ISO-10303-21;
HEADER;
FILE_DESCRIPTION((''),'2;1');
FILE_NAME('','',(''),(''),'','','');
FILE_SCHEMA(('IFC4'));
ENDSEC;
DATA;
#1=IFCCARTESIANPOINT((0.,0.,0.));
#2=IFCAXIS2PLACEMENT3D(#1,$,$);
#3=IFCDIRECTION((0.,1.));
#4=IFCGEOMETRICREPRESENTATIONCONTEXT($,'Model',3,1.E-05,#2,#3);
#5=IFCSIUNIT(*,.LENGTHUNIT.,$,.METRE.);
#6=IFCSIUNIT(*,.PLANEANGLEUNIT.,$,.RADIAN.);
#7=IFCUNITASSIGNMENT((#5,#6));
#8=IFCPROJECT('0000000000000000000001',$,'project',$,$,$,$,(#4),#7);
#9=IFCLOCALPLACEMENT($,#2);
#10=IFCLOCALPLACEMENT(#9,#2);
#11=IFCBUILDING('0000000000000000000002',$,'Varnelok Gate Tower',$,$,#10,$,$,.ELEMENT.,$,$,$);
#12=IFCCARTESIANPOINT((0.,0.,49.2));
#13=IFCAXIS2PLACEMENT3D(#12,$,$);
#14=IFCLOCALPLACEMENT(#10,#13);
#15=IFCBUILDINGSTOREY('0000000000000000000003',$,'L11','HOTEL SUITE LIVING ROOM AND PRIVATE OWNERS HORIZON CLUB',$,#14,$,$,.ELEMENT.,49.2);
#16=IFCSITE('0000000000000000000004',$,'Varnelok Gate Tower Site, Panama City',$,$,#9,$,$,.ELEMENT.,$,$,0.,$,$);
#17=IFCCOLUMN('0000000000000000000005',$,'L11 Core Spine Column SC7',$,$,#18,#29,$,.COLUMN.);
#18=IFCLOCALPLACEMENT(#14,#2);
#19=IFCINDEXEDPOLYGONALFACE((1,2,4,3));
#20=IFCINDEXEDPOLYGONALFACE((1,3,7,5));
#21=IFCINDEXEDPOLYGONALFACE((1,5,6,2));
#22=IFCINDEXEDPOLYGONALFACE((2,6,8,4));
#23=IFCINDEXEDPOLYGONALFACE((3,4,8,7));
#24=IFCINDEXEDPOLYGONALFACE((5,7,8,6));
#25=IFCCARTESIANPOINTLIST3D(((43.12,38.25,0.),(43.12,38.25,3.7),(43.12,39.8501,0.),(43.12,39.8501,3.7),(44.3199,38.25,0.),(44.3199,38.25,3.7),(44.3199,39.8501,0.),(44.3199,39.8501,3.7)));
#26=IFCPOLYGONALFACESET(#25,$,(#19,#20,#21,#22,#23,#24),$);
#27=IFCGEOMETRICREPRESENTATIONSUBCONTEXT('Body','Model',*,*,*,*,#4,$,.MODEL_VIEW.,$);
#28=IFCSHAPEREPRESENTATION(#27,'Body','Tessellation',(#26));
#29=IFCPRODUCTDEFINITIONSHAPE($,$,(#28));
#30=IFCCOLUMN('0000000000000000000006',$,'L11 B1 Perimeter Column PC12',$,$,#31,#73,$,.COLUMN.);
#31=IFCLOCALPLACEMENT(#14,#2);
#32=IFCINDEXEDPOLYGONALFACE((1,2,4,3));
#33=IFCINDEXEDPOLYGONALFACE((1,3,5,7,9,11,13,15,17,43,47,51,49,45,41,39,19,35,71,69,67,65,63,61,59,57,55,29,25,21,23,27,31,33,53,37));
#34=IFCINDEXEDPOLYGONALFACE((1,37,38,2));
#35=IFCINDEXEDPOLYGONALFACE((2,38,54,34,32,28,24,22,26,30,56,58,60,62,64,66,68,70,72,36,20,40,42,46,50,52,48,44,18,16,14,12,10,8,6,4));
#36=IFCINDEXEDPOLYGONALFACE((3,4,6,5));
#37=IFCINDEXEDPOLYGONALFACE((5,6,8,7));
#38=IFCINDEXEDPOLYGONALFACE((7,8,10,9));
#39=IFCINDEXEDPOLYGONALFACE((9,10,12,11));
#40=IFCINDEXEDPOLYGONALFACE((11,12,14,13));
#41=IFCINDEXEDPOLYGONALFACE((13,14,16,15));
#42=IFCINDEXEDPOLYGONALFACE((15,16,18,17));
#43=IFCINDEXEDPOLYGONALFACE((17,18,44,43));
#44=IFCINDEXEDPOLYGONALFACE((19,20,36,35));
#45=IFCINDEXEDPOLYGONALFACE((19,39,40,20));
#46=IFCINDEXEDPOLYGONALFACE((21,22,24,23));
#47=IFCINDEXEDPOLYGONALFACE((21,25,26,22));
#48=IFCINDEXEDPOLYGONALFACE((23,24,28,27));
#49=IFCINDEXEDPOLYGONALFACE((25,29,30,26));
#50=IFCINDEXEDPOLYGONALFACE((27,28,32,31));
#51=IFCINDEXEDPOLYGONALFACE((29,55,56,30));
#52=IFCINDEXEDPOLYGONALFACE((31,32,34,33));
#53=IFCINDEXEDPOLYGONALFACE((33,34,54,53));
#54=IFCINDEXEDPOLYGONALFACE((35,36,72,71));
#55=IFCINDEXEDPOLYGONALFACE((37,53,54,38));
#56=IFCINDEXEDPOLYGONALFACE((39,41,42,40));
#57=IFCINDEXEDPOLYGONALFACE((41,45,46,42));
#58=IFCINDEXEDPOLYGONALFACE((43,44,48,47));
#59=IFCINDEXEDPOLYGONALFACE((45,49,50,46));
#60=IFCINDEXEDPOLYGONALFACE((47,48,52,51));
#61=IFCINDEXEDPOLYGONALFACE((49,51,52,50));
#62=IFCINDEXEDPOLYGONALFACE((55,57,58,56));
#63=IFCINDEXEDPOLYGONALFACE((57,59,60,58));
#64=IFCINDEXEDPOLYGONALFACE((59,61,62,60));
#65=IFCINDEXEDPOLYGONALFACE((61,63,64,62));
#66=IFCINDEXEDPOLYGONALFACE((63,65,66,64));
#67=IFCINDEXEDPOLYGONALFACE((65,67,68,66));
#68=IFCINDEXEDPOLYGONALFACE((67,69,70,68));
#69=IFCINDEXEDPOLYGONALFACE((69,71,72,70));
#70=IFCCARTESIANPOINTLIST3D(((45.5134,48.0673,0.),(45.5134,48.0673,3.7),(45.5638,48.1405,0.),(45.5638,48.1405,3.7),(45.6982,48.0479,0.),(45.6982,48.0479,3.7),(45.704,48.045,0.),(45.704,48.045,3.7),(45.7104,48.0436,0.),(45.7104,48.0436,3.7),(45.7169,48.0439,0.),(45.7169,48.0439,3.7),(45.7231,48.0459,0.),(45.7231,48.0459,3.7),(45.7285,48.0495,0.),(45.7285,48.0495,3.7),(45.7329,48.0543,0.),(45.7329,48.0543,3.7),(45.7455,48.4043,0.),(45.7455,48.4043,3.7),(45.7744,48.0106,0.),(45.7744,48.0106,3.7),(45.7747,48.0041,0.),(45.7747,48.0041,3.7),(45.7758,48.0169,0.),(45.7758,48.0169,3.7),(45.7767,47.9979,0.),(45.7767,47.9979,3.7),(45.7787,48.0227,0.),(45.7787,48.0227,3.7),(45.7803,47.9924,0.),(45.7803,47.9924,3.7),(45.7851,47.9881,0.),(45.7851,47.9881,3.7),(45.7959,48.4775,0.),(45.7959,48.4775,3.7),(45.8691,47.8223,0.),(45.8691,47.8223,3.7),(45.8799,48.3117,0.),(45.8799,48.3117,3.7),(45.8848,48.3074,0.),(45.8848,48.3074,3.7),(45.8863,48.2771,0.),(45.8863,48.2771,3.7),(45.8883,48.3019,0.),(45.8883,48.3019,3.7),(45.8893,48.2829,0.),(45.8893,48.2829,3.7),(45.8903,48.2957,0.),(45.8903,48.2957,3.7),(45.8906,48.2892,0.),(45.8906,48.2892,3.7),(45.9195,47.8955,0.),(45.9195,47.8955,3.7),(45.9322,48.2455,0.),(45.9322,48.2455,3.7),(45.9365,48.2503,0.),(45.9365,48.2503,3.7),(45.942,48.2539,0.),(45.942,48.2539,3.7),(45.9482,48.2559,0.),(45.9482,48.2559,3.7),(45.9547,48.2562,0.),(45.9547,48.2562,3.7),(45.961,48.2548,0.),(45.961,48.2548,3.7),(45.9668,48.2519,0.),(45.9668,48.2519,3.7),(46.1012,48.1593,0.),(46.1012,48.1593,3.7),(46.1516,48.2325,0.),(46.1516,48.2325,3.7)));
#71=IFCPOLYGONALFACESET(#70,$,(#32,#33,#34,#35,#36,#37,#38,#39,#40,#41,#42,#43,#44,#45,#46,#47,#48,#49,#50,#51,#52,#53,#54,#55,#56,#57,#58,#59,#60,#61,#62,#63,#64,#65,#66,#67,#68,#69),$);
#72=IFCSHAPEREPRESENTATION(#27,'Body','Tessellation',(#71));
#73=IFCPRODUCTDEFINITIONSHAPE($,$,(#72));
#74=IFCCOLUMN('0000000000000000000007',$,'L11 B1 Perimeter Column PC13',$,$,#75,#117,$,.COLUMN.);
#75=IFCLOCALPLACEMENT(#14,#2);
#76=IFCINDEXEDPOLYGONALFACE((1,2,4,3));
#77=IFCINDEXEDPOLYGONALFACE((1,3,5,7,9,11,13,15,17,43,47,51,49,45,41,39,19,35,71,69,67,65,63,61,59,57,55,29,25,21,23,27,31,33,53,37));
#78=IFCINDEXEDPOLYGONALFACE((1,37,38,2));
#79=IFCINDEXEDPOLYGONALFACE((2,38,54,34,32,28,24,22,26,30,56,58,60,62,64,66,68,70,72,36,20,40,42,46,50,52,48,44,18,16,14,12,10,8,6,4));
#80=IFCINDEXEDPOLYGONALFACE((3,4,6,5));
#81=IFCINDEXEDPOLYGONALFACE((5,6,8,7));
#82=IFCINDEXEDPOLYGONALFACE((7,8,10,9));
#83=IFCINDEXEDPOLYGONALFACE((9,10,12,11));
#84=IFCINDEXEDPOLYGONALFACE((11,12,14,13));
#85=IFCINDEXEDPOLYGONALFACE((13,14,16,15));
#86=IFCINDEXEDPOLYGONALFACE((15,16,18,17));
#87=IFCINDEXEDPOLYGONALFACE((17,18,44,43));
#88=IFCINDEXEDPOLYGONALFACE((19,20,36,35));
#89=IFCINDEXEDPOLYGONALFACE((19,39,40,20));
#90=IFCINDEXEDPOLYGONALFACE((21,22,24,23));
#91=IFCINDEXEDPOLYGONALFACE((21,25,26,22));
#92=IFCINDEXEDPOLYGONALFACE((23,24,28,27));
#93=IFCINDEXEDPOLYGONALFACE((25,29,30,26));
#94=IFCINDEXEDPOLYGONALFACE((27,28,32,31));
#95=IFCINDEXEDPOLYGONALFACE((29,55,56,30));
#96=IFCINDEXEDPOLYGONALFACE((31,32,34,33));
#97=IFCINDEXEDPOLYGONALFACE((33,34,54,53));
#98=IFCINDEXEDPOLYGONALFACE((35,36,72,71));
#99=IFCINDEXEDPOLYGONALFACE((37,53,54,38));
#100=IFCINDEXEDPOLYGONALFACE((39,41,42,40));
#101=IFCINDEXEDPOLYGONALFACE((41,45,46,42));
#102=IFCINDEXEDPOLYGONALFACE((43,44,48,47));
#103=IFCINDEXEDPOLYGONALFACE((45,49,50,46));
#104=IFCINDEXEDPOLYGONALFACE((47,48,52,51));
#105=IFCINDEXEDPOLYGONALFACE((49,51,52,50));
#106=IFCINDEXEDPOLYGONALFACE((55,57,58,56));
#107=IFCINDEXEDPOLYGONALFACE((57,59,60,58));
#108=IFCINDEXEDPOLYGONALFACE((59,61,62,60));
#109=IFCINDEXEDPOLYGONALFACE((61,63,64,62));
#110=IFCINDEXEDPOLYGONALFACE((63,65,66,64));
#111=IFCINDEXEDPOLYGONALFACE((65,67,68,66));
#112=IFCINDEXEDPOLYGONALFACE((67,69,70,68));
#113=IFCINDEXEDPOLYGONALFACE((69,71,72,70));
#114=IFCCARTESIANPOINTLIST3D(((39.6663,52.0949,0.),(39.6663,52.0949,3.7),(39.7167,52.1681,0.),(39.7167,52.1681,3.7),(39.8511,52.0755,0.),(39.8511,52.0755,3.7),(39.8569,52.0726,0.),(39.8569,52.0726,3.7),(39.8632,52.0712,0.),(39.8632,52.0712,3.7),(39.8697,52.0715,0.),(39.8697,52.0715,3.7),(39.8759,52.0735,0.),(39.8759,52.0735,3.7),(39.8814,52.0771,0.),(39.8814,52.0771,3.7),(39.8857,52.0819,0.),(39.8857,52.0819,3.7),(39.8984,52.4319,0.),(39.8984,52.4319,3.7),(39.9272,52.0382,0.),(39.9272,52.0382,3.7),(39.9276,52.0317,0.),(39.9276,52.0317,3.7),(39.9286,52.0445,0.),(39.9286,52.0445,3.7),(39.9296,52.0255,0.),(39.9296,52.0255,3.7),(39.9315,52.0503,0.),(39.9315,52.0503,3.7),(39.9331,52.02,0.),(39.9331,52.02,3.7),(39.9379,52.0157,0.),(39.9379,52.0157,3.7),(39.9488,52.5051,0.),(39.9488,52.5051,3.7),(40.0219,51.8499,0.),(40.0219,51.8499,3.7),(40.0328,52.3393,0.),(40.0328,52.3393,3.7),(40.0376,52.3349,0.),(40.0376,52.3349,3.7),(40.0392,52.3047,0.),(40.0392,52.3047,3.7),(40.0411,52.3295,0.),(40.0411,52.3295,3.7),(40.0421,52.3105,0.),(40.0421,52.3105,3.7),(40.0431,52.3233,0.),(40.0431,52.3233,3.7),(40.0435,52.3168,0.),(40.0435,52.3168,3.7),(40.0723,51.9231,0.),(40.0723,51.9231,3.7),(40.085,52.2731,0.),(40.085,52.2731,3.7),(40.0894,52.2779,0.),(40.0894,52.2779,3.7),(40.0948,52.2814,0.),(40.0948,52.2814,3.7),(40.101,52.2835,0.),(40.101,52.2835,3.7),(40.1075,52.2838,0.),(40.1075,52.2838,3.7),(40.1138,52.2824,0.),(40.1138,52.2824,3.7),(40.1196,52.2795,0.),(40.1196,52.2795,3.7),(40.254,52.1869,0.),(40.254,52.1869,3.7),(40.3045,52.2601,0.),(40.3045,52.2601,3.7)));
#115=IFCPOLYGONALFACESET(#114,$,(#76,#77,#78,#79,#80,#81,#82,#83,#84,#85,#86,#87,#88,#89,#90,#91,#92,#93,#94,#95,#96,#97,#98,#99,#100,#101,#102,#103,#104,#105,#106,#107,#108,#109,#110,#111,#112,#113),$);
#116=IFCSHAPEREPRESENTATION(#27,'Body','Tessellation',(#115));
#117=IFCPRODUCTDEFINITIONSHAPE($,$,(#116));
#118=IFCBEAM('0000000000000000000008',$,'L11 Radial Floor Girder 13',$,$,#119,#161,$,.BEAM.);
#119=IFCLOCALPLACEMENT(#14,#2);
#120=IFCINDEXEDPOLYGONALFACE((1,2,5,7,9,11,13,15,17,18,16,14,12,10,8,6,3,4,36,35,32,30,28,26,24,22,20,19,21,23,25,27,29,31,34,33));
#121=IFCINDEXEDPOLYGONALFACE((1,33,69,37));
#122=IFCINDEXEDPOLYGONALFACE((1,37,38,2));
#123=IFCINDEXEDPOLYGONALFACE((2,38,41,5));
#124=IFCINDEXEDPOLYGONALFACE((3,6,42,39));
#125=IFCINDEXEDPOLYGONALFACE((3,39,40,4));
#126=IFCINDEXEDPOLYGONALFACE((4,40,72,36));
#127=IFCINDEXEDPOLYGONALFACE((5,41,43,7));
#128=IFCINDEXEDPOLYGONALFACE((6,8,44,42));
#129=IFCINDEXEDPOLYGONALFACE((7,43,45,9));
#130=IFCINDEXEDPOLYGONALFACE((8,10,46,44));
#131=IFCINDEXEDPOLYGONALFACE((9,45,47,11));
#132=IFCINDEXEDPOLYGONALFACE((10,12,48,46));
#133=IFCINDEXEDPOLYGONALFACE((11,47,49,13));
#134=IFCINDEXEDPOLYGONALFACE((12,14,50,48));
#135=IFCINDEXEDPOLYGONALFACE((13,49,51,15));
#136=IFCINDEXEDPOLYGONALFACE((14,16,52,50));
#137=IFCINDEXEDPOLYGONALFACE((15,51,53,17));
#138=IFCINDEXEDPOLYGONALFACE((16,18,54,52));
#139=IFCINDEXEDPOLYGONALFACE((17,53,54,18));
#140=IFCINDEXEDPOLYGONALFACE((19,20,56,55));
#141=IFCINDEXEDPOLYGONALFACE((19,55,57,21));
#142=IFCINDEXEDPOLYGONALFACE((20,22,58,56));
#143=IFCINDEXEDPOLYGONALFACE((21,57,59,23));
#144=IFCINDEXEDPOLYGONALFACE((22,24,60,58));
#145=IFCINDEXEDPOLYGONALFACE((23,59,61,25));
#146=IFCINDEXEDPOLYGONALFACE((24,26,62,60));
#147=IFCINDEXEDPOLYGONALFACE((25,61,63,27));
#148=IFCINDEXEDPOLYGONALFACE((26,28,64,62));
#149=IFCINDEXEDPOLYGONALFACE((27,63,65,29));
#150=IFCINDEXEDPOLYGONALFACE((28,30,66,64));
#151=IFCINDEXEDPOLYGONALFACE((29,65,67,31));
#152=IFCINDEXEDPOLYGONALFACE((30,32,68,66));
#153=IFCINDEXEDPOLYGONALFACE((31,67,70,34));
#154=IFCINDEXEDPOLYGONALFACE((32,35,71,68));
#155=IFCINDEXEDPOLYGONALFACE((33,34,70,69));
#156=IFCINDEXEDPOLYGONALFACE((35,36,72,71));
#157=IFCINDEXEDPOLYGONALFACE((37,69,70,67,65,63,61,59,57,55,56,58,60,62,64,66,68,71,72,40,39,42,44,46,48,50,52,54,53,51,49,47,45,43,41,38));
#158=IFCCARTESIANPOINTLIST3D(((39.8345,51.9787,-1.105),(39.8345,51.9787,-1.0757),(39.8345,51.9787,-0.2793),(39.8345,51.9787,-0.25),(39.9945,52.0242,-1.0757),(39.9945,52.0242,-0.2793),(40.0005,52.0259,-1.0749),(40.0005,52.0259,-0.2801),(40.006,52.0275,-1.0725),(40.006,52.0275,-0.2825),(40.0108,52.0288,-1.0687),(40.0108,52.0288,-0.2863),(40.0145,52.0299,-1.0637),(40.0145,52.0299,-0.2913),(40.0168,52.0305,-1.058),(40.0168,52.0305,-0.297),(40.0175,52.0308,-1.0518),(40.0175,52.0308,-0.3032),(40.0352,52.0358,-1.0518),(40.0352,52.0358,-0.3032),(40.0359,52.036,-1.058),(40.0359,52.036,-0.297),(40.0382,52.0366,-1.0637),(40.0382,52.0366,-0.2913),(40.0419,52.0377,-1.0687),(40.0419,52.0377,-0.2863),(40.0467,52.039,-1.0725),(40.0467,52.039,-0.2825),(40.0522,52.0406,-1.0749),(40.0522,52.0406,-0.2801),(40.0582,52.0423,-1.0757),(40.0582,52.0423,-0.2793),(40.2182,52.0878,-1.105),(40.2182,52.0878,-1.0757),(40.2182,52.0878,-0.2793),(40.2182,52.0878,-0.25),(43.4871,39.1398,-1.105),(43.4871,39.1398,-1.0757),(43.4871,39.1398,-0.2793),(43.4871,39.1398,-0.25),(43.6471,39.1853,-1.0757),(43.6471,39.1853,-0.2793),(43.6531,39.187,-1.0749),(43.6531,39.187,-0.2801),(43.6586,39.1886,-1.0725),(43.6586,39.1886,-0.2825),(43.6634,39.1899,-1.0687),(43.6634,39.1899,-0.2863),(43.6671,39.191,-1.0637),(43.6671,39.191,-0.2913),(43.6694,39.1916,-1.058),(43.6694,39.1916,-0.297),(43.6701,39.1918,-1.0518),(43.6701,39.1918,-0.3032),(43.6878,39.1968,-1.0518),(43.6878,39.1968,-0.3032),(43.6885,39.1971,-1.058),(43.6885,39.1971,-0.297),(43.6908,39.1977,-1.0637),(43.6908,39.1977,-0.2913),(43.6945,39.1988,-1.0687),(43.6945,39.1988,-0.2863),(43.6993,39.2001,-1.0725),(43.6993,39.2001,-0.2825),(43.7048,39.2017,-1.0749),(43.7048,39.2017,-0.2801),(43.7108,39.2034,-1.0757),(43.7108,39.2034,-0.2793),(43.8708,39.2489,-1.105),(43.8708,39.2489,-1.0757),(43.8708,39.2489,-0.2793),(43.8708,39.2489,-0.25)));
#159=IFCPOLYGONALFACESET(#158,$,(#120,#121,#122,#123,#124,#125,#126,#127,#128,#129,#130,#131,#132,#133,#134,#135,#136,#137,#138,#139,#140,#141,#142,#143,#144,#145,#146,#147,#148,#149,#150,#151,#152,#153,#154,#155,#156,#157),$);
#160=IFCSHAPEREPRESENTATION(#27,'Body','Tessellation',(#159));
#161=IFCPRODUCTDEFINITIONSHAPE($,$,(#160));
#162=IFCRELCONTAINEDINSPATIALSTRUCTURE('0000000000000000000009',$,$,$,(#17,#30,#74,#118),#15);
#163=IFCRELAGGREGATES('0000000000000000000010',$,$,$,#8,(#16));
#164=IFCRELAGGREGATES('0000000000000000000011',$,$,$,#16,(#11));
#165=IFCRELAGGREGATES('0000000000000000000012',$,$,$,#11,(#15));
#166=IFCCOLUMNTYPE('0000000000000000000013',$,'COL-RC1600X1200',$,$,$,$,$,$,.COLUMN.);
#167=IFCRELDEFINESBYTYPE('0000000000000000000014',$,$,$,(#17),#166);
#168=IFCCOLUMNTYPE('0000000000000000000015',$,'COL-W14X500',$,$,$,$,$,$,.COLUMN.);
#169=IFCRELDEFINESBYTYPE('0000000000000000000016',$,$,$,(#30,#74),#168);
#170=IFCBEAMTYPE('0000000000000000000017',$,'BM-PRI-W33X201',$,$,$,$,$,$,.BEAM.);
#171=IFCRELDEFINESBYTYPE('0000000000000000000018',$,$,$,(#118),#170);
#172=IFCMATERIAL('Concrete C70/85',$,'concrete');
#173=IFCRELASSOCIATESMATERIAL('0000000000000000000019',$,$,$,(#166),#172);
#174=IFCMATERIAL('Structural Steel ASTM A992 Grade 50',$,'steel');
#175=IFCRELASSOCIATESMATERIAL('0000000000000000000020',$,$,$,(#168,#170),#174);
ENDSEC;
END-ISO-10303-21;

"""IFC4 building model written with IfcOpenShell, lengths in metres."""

from ifc_helpers import new_model, si_unit, direction, frame, origin, origin_2d, place, context, subcontext, project, spatial, rectangle, i_section, extrude, material, material_profile, profile_set, type_object, element, save


model = new_model("IFC4")

# Units and contexts
model_context = context("Model", 3, precision=1e-05, world=origin(), true_north=direction((0.0, 1.0)))
body_context = subcontext(model_context, "Body", "Model", "MODEL_VIEW")
ifc_project = project(units=[si_unit("LENGTHUNIT", "METRE"), si_unit("PLANEANGLEUNIT", "RADIAN")], contexts=[model_context])

# Site, building, storey
site_placement = place(None, origin())
site = spatial("IfcSite", under=ifc_project, at=site_placement, Name="Varnelok Gate Tower Site, Panama City", CompositionType="ELEMENT", RefElevation=0.0)
building_placement = place(site_placement, origin())
building = spatial("IfcBuilding", under=site, at=building_placement, Name="Varnelok Gate Tower", CompositionType="ELEMENT")
storey_placement = place(building_placement, frame((0.0, 0.0, 49.2)))
storey = spatial("IfcBuildingStorey", under=building, at=storey_placement, Name="L11", Description="HOTEL SUITE LIVING ROOM AND PRIVATE OWNERS HORIZON CLUB", CompositionType="ELEMENT", Elevation=49.2)

# Columns
ifc_material_1 = material(Name="Concrete C70/85", Category="concrete")
ifc_material_profile_1 = material_profile(ifc_material_1, rectangle(XDim=1.2, YDim=1.6001, at=origin_2d()), Name="RC1600X1200")
ifc_profile_set_1 = profile_set([ifc_material_profile_1], Name="Concrete C70/85")
column_type_1 = type_object("IfcColumnType", Name="COL-RC1600X1200", PredefinedType="COLUMN", material=ifc_profile_set_1)
column_placement = place(storey_placement, frame((43.72, 39.05, 0.0), z_axis=(0.0, 0.0, 1.0), x_axis=(1.0, 0.0, 0.0)))
element("IfcColumn", 1, at=column_placement, inside=storey, type_object=column_type_1, Name="L11 Core Spine Column SC7", PredefinedType="COLUMN", context=body_context, shape_type="SweptSolid", body=[
    extrude(rectangle(XDim=1.2, YDim=1.6001, at=origin_2d()), origin(), (0.0, 0.0, 1.0), 3.7),
])
ifc_material_2 = material(Name="Structural Steel ASTM A992 Grade 50", Category="steel")
ifc_material_profile_2 = material_profile(ifc_material_2, i_section(OverallWidth=0.4319, OverallDepth=0.498, WebThickness=0.0557, FlangeThickness=0.0889, FilletRadius=0.0249, at=origin_2d()), Name="W14X500")
ifc_profile_set_2 = profile_set([ifc_material_profile_2], Name="Structural Steel ASTM A992 Grade 50")
column_type_2 = type_object("IfcColumnType", Name="COL-W14X500", PredefinedType="COLUMN", material=ifc_profile_set_2)
for number, where, z_axis, x_axis, name in (
    (2, (45.8325, 48.1499, 0.0), (0.0, 0.0, 1.0), (0.823533, -0.567269, 0.0), "L11 B1 Perimeter Column PC12"),
    (3, (39.9854, 52.1775, 0.0), (0.0, 0.0, 1.0), (0.823533, -0.567269, 0.0), "L11 B1 Perimeter Column PC13"),
):
    element("IfcColumn", number, at=place(storey_placement, frame(where, z_axis=z_axis, x_axis=x_axis)), inside=storey, type_object=column_type_2, Name=name, PredefinedType="COLUMN", context=body_context, shape_type="SweptSolid", body=[
        extrude(i_section(OverallWidth=0.4319, OverallDepth=0.498, WebThickness=0.0557, FlangeThickness=0.0889, FilletRadius=0.0249, at=origin_2d()), origin(), (0.0, 0.0, 1.0), 3.7),
    ])

# Beam
ifc_material_profile_3 = material_profile(ifc_material_2, i_section(OverallWidth=0.3989, OverallDepth=0.855, WebThickness=0.0183, FlangeThickness=0.0293, FilletRadius=0.0239, at=origin_2d()), Name="W33X201")
ifc_profile_set_3 = profile_set([ifc_material_profile_3], Name="Structural Steel ASTM A992 Grade 50")
beam_type_1 = type_object("IfcBeamType", Name="BM-PRI-W33X201", PredefinedType="BEAM", material=ifc_profile_set_3)
beam_1_placement = place(storey_placement, frame((43.679, 39.1943, -0.6775), z_axis=(-0.273636, 0.961833, 0.0), x_axis=(-0.961833, -0.273636, 0.0)))
element("IfcBeam", 4, at=beam_1_placement, inside=storey, type_object=beam_type_1, Name="L11 Radial Floor Girder 13", PredefinedType="BEAM", context=body_context, shape_type="SweptSolid", body=[
    extrude(i_section(OverallWidth=0.3989, OverallDepth=0.855, WebThickness=0.0183, FlangeThickness=0.0293, FilletRadius=0.0239, at=origin_2d()), origin(), (0.0, 0.0, 1.0), 13.3484),
])

save(model, "model.ifc")
